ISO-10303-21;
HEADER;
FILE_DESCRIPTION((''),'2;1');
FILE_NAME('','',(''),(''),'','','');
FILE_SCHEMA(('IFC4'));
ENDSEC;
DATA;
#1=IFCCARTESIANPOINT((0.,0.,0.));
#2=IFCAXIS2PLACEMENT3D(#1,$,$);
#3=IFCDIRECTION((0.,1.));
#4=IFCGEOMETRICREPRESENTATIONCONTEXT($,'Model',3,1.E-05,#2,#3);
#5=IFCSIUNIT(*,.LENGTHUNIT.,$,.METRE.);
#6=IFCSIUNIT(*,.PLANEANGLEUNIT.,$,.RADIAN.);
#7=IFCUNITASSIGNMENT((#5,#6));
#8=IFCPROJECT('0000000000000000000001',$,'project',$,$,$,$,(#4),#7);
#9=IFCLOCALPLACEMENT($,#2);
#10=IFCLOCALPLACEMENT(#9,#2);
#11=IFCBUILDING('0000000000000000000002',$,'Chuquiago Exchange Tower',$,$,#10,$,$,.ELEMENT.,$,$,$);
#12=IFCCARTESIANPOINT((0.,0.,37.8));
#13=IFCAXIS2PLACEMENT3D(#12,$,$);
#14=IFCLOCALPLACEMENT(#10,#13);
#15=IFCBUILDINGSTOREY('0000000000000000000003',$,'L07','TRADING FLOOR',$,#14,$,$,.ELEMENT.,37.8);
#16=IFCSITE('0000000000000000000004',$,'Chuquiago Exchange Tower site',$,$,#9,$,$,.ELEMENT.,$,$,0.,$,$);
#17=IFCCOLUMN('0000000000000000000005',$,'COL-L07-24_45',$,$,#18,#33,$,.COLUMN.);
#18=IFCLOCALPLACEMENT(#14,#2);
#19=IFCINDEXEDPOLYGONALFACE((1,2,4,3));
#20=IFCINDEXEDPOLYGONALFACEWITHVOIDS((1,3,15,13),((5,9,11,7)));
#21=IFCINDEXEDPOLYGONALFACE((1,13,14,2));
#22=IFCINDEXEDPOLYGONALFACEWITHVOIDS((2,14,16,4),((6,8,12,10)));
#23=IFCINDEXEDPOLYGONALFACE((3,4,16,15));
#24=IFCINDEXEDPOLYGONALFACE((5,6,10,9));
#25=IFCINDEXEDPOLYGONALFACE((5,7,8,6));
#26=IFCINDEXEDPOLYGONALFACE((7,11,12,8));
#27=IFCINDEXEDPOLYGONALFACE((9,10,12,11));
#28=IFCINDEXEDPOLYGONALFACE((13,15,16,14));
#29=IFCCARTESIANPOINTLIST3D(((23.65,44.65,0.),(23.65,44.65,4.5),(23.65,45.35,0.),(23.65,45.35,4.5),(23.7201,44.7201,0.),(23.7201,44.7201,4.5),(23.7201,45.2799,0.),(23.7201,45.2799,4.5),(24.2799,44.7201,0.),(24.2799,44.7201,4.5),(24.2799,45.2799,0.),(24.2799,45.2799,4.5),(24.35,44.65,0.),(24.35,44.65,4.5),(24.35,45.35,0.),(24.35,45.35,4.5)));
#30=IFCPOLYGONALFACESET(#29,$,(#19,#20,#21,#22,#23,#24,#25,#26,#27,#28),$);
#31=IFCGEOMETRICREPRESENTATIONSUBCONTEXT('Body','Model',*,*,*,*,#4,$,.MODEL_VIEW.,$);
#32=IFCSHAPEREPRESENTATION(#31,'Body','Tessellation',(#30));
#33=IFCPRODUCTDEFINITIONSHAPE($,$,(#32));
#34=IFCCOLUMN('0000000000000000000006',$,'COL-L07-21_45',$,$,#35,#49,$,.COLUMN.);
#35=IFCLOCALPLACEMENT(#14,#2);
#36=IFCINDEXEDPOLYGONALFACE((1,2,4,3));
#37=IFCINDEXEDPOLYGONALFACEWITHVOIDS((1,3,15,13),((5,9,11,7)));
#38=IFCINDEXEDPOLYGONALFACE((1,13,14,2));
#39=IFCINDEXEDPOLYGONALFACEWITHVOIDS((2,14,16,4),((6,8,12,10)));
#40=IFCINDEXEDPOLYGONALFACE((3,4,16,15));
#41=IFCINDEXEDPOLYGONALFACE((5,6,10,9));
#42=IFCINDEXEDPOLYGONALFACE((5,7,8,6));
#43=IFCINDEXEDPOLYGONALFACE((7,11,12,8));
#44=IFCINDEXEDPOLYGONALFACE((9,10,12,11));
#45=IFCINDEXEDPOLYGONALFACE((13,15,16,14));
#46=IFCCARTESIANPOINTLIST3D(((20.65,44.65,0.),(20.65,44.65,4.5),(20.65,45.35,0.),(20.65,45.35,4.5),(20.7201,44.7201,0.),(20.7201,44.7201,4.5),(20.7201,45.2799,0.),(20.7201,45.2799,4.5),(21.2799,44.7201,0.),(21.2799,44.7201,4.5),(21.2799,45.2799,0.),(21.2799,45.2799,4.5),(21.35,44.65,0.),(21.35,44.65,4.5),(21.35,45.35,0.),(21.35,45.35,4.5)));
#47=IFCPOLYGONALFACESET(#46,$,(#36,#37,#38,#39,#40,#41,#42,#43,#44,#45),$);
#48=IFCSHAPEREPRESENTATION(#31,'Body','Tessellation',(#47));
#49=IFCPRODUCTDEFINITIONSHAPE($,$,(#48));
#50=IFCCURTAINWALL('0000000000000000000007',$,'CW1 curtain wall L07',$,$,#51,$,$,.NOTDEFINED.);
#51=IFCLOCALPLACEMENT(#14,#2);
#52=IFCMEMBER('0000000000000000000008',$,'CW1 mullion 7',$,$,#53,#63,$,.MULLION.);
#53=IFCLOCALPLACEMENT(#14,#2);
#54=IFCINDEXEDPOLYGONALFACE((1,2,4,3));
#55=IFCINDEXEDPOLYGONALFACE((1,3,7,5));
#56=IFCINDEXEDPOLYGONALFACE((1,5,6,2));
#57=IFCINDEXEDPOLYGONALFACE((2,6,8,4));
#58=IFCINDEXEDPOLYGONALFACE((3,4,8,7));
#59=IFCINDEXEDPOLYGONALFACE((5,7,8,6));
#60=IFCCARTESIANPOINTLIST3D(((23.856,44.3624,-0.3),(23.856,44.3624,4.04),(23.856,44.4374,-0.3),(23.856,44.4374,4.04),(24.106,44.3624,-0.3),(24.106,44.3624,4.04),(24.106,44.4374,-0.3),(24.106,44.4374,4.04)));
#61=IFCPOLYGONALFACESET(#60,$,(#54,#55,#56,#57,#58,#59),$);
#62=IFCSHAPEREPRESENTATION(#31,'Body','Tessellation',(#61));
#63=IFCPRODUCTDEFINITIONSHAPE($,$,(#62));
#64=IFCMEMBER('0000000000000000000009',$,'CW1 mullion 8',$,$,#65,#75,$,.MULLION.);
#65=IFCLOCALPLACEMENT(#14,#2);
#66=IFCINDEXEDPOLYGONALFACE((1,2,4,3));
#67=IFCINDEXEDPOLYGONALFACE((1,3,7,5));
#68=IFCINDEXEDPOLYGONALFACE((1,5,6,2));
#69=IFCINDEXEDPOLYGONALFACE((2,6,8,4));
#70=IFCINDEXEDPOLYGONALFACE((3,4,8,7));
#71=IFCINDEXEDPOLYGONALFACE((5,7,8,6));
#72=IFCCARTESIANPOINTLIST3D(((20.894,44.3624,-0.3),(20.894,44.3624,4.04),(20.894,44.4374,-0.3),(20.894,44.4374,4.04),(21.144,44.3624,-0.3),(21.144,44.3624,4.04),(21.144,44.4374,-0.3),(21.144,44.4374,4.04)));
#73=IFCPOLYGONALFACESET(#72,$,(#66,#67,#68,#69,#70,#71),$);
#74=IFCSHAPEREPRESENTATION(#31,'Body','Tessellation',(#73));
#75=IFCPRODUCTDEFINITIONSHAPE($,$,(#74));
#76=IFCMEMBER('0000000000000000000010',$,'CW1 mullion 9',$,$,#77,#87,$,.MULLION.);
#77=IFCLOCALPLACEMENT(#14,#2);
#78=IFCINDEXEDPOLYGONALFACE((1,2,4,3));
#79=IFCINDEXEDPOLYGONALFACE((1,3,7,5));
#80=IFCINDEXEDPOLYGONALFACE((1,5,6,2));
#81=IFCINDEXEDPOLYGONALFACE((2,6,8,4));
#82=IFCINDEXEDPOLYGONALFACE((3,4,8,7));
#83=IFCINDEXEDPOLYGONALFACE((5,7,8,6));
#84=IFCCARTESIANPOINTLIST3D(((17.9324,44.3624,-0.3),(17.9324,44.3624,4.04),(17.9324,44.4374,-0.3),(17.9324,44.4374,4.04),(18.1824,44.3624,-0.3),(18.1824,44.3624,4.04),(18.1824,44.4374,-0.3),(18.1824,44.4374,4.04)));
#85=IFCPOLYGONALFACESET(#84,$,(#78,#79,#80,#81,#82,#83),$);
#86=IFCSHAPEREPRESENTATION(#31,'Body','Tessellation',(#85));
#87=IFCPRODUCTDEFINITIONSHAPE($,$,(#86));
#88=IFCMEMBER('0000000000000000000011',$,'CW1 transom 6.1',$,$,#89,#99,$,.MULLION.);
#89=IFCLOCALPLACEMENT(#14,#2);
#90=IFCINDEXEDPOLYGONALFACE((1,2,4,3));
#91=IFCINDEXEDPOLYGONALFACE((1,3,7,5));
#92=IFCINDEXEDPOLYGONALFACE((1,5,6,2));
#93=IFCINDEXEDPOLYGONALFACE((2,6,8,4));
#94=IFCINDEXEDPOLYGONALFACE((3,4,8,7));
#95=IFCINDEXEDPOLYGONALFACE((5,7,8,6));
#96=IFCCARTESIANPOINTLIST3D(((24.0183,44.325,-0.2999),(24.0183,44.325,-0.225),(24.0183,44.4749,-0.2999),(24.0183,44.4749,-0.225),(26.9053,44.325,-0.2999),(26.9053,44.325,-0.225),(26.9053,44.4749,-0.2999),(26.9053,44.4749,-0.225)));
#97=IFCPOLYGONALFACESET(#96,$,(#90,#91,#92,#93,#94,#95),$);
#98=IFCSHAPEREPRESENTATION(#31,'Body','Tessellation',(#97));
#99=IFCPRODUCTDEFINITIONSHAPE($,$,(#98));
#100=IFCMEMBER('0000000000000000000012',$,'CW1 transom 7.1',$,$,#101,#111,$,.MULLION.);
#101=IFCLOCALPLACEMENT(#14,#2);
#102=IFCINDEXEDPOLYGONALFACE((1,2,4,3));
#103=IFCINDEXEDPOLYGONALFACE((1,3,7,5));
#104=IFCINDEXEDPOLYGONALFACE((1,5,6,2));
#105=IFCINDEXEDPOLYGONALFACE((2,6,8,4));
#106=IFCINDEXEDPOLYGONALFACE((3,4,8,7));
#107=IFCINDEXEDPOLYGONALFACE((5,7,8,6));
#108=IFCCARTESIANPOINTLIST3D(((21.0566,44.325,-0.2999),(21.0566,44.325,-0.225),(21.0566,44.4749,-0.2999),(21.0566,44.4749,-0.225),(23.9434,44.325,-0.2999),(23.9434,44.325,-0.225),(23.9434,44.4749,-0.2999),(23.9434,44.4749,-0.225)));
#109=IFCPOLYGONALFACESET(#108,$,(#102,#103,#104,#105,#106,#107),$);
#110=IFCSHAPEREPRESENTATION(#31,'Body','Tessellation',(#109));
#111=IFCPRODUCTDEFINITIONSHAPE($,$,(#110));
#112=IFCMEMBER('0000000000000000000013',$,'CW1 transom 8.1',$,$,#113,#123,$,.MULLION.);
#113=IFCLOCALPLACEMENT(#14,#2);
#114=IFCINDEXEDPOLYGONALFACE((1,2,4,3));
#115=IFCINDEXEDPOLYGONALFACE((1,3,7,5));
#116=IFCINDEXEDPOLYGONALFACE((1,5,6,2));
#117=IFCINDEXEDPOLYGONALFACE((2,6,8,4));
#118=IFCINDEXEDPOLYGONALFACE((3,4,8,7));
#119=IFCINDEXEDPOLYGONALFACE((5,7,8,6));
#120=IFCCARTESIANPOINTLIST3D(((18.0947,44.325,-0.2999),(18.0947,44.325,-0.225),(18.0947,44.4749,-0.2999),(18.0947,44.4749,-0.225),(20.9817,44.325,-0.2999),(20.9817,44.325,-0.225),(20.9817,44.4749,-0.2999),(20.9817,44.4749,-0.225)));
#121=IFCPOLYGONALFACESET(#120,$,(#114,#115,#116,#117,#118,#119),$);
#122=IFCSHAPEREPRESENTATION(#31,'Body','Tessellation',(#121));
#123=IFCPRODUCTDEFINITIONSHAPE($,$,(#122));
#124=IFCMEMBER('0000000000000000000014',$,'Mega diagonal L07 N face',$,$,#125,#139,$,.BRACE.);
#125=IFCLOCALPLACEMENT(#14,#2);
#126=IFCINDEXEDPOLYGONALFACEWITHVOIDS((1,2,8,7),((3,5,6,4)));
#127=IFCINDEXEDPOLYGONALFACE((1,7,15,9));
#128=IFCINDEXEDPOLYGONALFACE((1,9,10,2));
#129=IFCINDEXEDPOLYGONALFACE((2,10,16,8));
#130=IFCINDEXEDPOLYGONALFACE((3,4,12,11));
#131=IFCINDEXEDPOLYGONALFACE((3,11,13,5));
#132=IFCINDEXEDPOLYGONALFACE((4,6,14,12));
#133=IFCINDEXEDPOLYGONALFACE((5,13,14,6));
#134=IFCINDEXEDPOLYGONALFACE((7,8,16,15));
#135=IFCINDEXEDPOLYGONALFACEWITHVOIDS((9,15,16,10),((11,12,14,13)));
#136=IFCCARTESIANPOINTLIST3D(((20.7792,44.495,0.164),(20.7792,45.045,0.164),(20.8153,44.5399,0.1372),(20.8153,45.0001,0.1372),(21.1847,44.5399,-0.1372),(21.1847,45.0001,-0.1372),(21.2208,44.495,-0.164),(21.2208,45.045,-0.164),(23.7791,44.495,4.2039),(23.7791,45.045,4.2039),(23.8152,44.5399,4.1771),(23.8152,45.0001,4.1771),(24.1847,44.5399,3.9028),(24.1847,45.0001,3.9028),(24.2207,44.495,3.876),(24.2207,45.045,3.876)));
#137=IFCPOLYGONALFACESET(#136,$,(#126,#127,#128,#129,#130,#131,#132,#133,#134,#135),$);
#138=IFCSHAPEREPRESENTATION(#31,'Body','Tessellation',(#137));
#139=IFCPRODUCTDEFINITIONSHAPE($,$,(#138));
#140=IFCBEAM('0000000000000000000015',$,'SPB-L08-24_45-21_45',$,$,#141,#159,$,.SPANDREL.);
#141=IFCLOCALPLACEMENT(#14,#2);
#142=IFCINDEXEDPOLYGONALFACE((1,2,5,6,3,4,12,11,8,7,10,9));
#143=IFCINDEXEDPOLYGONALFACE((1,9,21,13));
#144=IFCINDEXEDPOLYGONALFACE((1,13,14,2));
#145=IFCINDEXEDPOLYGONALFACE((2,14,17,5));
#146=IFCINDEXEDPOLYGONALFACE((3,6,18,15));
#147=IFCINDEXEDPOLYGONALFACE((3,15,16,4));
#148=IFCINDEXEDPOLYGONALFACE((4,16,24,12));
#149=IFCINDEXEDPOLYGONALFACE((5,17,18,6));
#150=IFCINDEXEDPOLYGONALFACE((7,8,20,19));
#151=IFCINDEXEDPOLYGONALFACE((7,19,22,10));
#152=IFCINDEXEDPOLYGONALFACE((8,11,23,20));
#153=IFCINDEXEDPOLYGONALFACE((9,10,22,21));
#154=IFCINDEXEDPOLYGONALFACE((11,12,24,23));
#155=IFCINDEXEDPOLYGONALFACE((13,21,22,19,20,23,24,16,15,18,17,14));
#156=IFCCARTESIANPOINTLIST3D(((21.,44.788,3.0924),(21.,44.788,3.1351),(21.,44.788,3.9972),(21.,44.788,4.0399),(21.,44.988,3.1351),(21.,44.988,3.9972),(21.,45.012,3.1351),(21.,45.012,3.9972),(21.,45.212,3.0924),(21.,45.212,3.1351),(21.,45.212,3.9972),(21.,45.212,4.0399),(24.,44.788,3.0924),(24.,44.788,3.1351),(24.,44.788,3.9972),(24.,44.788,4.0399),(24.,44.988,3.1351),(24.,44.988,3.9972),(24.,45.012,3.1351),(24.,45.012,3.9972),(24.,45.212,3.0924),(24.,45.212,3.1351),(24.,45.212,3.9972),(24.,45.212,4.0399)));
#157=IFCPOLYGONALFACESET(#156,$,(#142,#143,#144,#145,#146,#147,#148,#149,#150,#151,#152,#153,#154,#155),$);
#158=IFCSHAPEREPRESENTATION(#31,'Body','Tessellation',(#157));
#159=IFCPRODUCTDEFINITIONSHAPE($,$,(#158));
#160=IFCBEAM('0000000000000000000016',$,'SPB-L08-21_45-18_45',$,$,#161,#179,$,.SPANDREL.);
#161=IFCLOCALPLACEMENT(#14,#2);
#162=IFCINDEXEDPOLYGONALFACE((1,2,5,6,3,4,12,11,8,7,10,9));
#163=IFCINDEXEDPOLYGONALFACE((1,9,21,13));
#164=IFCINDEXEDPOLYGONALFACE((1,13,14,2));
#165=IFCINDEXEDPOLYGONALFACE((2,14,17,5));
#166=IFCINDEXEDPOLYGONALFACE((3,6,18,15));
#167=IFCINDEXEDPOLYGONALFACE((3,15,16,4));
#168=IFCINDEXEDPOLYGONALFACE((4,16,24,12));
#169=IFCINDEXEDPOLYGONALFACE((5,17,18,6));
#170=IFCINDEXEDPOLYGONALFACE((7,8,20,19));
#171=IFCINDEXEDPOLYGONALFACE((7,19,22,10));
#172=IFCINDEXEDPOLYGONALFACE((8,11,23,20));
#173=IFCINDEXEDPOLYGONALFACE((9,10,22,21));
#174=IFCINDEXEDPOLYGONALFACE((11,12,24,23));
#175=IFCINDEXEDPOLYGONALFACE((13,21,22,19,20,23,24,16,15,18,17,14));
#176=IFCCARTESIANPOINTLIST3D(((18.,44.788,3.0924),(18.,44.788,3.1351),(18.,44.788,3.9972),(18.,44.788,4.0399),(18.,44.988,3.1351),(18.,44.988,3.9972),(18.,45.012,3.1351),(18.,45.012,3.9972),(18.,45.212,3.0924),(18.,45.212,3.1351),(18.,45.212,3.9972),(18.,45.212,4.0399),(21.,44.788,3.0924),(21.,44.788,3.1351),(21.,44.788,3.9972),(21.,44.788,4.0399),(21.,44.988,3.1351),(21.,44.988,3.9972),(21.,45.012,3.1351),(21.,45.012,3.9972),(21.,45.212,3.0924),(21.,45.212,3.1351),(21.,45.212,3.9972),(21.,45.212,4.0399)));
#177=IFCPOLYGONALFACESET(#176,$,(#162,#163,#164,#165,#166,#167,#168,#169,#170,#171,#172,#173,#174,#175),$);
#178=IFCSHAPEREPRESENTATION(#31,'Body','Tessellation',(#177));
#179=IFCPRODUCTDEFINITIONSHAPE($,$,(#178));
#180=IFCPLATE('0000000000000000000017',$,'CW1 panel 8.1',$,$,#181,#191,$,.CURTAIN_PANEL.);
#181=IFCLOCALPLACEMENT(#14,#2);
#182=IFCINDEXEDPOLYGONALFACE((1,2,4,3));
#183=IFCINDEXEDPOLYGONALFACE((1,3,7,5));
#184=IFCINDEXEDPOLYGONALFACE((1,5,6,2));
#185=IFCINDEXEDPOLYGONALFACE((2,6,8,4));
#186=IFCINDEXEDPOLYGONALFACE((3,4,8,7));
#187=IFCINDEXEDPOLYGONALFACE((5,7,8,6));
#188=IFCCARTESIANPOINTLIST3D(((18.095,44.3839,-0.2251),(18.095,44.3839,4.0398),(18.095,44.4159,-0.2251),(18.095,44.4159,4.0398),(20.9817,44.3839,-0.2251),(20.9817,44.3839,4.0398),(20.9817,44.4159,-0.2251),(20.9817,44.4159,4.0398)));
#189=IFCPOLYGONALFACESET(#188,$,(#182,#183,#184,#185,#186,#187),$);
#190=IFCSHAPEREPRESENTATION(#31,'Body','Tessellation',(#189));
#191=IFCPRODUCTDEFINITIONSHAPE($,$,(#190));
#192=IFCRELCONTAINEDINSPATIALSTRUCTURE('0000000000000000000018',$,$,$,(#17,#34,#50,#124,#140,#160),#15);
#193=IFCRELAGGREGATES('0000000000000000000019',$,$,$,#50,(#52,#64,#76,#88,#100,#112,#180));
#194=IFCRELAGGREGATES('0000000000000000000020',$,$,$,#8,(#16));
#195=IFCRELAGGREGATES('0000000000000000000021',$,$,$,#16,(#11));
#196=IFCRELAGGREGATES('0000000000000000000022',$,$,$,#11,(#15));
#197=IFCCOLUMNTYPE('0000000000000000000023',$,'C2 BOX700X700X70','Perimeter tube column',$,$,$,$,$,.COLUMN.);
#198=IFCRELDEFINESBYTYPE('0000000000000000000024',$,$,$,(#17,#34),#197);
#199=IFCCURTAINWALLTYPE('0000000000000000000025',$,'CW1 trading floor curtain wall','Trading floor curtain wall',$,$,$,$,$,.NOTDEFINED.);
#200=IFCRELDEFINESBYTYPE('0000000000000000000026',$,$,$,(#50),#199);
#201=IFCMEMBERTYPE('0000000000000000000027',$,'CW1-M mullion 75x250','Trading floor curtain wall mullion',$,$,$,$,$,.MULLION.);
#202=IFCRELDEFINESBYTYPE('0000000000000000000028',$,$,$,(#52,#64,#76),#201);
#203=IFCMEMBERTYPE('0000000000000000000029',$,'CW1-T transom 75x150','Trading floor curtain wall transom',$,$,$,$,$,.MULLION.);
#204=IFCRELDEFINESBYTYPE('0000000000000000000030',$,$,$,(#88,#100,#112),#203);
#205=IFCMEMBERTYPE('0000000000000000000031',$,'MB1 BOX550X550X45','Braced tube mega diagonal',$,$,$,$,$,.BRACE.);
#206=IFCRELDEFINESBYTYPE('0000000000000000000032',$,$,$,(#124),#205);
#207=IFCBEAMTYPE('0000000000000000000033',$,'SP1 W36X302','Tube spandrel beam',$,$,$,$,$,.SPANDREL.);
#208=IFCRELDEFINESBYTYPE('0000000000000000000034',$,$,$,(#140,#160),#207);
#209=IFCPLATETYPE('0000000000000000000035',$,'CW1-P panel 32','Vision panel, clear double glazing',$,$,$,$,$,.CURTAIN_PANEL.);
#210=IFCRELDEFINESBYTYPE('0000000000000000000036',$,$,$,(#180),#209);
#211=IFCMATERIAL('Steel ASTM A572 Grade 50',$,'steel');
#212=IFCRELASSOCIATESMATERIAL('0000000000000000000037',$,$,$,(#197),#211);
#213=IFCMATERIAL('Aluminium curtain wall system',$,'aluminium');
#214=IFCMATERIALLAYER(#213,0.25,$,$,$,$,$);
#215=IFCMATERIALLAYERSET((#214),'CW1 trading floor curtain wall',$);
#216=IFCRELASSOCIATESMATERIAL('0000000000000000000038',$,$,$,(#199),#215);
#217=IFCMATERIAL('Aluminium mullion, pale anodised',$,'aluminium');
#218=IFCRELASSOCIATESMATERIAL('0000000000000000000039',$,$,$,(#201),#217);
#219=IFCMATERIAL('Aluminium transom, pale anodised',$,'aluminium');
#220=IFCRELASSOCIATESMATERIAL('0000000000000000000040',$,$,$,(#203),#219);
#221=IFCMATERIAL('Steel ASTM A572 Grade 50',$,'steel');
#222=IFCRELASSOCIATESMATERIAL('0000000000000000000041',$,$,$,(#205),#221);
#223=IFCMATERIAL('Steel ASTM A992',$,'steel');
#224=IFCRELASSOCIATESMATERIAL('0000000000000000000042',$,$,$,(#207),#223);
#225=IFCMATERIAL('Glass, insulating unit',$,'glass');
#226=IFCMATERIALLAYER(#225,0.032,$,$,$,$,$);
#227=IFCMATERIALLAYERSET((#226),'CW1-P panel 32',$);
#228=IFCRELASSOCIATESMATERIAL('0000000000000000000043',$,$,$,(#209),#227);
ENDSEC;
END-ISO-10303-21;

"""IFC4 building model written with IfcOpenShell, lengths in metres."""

from ifc_helpers import new_model, si_unit, direction, frame, origin, origin_2d, place, context, subcontext, project, spatial, rectangle, hollow_rectangle, i_section, extrude, material, layer, layer_set, material_profile, profile_set, type_object, element, aggregate, save


model = new_model("IFC4")

# Units and contexts
model_context = context("Model", 3, precision=1e-05, world=origin(), true_north=direction((0.0, 1.0)))
body_context = subcontext(model_context, "Body", "Model", "MODEL_VIEW")
ifc_project = project(units=[si_unit("LENGTHUNIT", "METRE"), si_unit("PLANEANGLEUNIT", "RADIAN")], contexts=[model_context])

# Site, building, storey
site_placement = place(None, origin())
site = spatial("IfcSite", under=ifc_project, at=site_placement, Name="Chuquiago Exchange Tower site", CompositionType="ELEMENT", RefElevation=0.0)
building_placement = place(site_placement, origin())
building = spatial("IfcBuilding", under=site, at=building_placement, Name="Chuquiago Exchange Tower", CompositionType="ELEMENT")
storey_placement = place(building_placement, frame((0.0, 0.0, 37.8)))
storey = spatial("IfcBuildingStorey", under=building, at=storey_placement, Name="L07", Description="TRADING FLOOR", CompositionType="ELEMENT", Elevation=37.8)

# Columns
ifc_material_1 = material(Name="Steel ASTM A572 Grade 50", Category="steel")
ifc_material_profile_1 = material_profile(ifc_material_1, hollow_rectangle(XDim=0.7, YDim=0.7, WallThickness=0.0701, at=origin_2d()), Name="BOX700X700X70")
ifc_profile_set_1 = profile_set([ifc_material_profile_1], Name="Steel ASTM A572 Grade 50")
column_type = type_object("IfcColumnType", Name="C2 BOX700X700X70", Description="Perimeter tube column", PredefinedType="COLUMN", material=ifc_profile_set_1)
for number, where, z_axis, x_axis, name in (
    (1, (24.0, 45.0, 0.0), (0.0, 0.0, 1.0), (0.0, 1.0, 0.0), "COL-L07-24_45"),
    (2, (21.0, 45.0, 0.0), (0.0, 0.0, 1.0), (0.0, 1.0, 0.0), "COL-L07-21_45"),
):
    element("IfcColumn", number, at=place(storey_placement, frame(where, z_axis=z_axis, x_axis=x_axis)), inside=storey, type_object=column_type, Name=name, PredefinedType="COLUMN", context=body_context, shape_type="SweptSolid", body=[
        extrude(hollow_rectangle(XDim=0.7, YDim=0.7, WallThickness=0.0701, at=origin_2d()), origin(), (0.0, 0.0, 1.0), 4.5),
    ])

# Curtain wall, members
ifc_material_2 = material(Name="Aluminium curtain wall system", Category="aluminium")
ifc_layer_1 = layer(ifc_material_2, 0.25)
ifc_layer_set_1 = layer_set([ifc_layer_1], Name="CW1 trading floor curtain wall")
curtain_wall_type = type_object("IfcCurtainWallType", Name="CW1 trading floor curtain wall", Description="Trading floor curtain wall", PredefinedType="NOTDEFINED", material=ifc_layer_set_1)
curtain_wall_placement = place(storey_placement, origin())
curtain_wall = element("IfcCurtainWall", 3, at=curtain_wall_placement, inside=storey, type_object=curtain_wall_type, Name="CW1 curtain wall L07", PredefinedType="NOTDEFINED")
ifc_material_3 = material(Name="Aluminium mullion, pale anodised", Category="aluminium")
ifc_material_profile_2 = material_profile(ifc_material_3, rectangle(XDim=0.075, YDim=0.25, at=origin_2d()), Name="AL 75x250")
ifc_profile_set_2 = profile_set([ifc_material_profile_2], Name="Aluminium mullion, pale anodised")
member_type_1 = type_object("IfcMemberType", Name="CW1-M mullion 75x250", Description="Trading floor curtain wall mullion", PredefinedType="MULLION", material=ifc_profile_set_2)
member_1_placement = place(storey_placement, frame((23.981, 44.3999, -0.3), z_axis=(0.0, 0.0, 1.0), x_axis=(0.0, -1.0, 0.0)))
member_1 = element("IfcMember", 4, at=member_1_placement, type_object=member_type_1, Name="CW1 mullion 7", PredefinedType="MULLION", context=body_context, shape_type="SweptSolid", body=[
    extrude(rectangle(XDim=0.075, YDim=0.25, at=origin_2d()), origin(), (0.0, 0.0, 1.0), 4.3401),
])
member_2_placement = place(storey_placement, frame((21.019, 44.3999, -0.3), z_axis=(0.0, 0.0, 1.0), x_axis=(0.0, -1.0, 0.0)))
member_2 = element("IfcMember", 5, at=member_2_placement, type_object=member_type_1, Name="CW1 mullion 8", PredefinedType="MULLION", context=body_context, shape_type="SweptSolid", body=[
    extrude(rectangle(XDim=0.075, YDim=0.25, at=origin_2d()), origin(), (0.0, 0.0, 1.0), 4.3401),
])
member_3_placement = place(storey_placement, frame((18.0574, 44.3999, -0.3), z_axis=(0.0, 0.0, 1.0), x_axis=(0.0, -1.0, 0.0)))
member_3 = element("IfcMember", 6, at=member_3_placement, type_object=member_type_1, Name="CW1 mullion 9", PredefinedType="MULLION", context=body_context, shape_type="SweptSolid", body=[
    extrude(rectangle(XDim=0.075, YDim=0.25, at=origin_2d()), origin(), (0.0, 0.0, 1.0), 4.3401),
])
ifc_material_4 = material(Name="Aluminium transom, pale anodised", Category="aluminium")
ifc_material_profile_3 = material_profile(ifc_material_4, rectangle(XDim=0.1499, YDim=0.075, at=origin_2d()), Name="AL 150x75")
ifc_profile_set_3 = profile_set([ifc_material_profile_3], Name="Aluminium transom, pale anodised")
member_type_2 = type_object("IfcMemberType", Name="CW1-T transom 75x150", Description="Trading floor curtain wall transom", PredefinedType="MULLION", material=ifc_profile_set_3)
member_4_placement = place(storey_placement, frame((26.9053, 44.3999, -0.2625), z_axis=(-1.0, 0.0, 0.0), x_axis=(0.0, -1.0, 0.0)))
member_4 = element("IfcMember", 7, at=member_4_placement, type_object=member_type_2, Name="CW1 transom 6.1", PredefinedType="MULLION", context=body_context, shape_type="SweptSolid", body=[
    extrude(rectangle(XDim=0.1499, YDim=0.075, at=origin_2d()), origin(), (0.0, 0.0, 1.0), 2.887),
])
member_5_placement = place(storey_placement, frame((23.9434, 44.3999, -0.2625), z_axis=(-1.0, 0.0, 0.0), x_axis=(0.0, -1.0, 0.0)))
member_5 = element("IfcMember", 8, at=member_5_placement, type_object=member_type_2, Name="CW1 transom 7.1", PredefinedType="MULLION", context=body_context, shape_type="SweptSolid", body=[
    extrude(rectangle(XDim=0.1499, YDim=0.075, at=origin_2d()), origin(), (0.0, 0.0, 1.0), 2.8867),
])
member_6_placement = place(storey_placement, frame((20.9817, 44.3999, -0.2625), z_axis=(-1.0, 0.0, 0.0), x_axis=(0.0, -1.0, 0.0)))
member_6 = element("IfcMember", 9, at=member_6_placement, type_object=member_type_2, Name="CW1 transom 8.1", PredefinedType="MULLION", context=body_context, shape_type="SweptSolid", body=[
    extrude(rectangle(XDim=0.1499, YDim=0.075, at=origin_2d()), origin(), (0.0, 0.0, 1.0), 2.887),
])

# Member
ifc_material_5 = material(Name="Steel ASTM A572 Grade 50", Category="steel")
ifc_material_profile_4 = material_profile(ifc_material_5, hollow_rectangle(XDim=0.55, YDim=0.55, WallThickness=0.0449, at=origin_2d()), Name="BOX550X550X45")
ifc_profile_set_4 = profile_set([ifc_material_profile_4], Name="Steel ASTM A572 Grade 50")
member_type_3 = type_object("IfcMemberType", Name="MB1 BOX550X550X45", Description="Braced tube mega diagonal", PredefinedType="BRACE", material=ifc_profile_set_4)
member_7_placement = place(storey_placement, frame((21.0, 44.77, 0.0), z_axis=(0.596174, 0.0, 0.802855), x_axis=(0.0, 1.0, 0.0)))
element("IfcMember", 10, at=member_7_placement, inside=storey, type_object=member_type_3, Name="Mega diagonal L07 N face", PredefinedType="BRACE", context=body_context, shape_type="SweptSolid", body=[
    extrude(hollow_rectangle(XDim=0.55, YDim=0.55, WallThickness=0.0449, at=origin_2d()), origin(), (0.0, 0.0, 1.0), 5.032),
])

# Beams
ifc_material_6 = material(Name="Steel ASTM A992", Category="steel")
ifc_material_profile_5 = material_profile(ifc_material_6, i_section(OverallWidth=0.4241, OverallDepth=0.9475, WebThickness=0.0239, FlangeThickness=0.0427, at=origin_2d()), Name="W36X302")
ifc_profile_set_5 = profile_set([ifc_material_profile_5], Name="Steel ASTM A992")
beam_type = type_object("IfcBeamType", Name="SP1 W36X302", Description="Tube spandrel beam", PredefinedType="SPANDREL", material=ifc_profile_set_5)
for number, where, z_axis, x_axis, name in (
    (11, (24.0, 45.0, 3.5662), (-1.0, 0.0, 0.0), (0.0, -1.0, 0.0), "SPB-L08-24_45-21_45"),
    (12, (21.0, 45.0, 3.5662), (-1.0, 0.0, 0.0), (0.0, -1.0, 0.0), "SPB-L08-21_45-18_45"),
):
    element("IfcBeam", number, at=place(storey_placement, frame(where, z_axis=z_axis, x_axis=x_axis)), inside=storey, type_object=beam_type, Name=name, PredefinedType="SPANDREL", context=body_context, shape_type="SweptSolid", body=[
        extrude(i_section(OverallWidth=0.4241, OverallDepth=0.9475, WebThickness=0.0239, FlangeThickness=0.0427, at=origin_2d()), origin(), (0.0, 0.0, 1.0), 3.0),
    ])

# Plate
ifc_material_7 = material(Name="Glass, insulating unit", Category="glass")
ifc_layer_2 = layer(ifc_material_7, 0.032)
ifc_layer_set_2 = layer_set([ifc_layer_2], Name="CW1-P panel 32")
plate_type_1 = type_object("IfcPlateType", Name="CW1-P panel 32", Description="Vision panel, clear double glazing", PredefinedType="CURTAIN_PANEL", material=ifc_layer_set_2)
plate_1_placement = place(storey_placement, frame((19.5383, 44.3999, -0.2251), z_axis=(0.0, 0.0, 1.0), x_axis=(-1.0, 0.0, 0.0)))
plate_1 = element("IfcPlate", 13, at=plate_1_placement, type_object=plate_type_1, Name="CW1 panel 8.1", PredefinedType="CURTAIN_PANEL", context=body_context, shape_type="SweptSolid", body=[
    extrude(rectangle(XDim=2.8867, YDim=0.032, at=origin_2d()), origin(), (0.0, 0.0, 1.0), 4.2649),
])
aggregate(curtain_wall, [member_1, member_2, member_3, member_4, member_5, member_6, plate_1])

save(model, "model.ifc")
